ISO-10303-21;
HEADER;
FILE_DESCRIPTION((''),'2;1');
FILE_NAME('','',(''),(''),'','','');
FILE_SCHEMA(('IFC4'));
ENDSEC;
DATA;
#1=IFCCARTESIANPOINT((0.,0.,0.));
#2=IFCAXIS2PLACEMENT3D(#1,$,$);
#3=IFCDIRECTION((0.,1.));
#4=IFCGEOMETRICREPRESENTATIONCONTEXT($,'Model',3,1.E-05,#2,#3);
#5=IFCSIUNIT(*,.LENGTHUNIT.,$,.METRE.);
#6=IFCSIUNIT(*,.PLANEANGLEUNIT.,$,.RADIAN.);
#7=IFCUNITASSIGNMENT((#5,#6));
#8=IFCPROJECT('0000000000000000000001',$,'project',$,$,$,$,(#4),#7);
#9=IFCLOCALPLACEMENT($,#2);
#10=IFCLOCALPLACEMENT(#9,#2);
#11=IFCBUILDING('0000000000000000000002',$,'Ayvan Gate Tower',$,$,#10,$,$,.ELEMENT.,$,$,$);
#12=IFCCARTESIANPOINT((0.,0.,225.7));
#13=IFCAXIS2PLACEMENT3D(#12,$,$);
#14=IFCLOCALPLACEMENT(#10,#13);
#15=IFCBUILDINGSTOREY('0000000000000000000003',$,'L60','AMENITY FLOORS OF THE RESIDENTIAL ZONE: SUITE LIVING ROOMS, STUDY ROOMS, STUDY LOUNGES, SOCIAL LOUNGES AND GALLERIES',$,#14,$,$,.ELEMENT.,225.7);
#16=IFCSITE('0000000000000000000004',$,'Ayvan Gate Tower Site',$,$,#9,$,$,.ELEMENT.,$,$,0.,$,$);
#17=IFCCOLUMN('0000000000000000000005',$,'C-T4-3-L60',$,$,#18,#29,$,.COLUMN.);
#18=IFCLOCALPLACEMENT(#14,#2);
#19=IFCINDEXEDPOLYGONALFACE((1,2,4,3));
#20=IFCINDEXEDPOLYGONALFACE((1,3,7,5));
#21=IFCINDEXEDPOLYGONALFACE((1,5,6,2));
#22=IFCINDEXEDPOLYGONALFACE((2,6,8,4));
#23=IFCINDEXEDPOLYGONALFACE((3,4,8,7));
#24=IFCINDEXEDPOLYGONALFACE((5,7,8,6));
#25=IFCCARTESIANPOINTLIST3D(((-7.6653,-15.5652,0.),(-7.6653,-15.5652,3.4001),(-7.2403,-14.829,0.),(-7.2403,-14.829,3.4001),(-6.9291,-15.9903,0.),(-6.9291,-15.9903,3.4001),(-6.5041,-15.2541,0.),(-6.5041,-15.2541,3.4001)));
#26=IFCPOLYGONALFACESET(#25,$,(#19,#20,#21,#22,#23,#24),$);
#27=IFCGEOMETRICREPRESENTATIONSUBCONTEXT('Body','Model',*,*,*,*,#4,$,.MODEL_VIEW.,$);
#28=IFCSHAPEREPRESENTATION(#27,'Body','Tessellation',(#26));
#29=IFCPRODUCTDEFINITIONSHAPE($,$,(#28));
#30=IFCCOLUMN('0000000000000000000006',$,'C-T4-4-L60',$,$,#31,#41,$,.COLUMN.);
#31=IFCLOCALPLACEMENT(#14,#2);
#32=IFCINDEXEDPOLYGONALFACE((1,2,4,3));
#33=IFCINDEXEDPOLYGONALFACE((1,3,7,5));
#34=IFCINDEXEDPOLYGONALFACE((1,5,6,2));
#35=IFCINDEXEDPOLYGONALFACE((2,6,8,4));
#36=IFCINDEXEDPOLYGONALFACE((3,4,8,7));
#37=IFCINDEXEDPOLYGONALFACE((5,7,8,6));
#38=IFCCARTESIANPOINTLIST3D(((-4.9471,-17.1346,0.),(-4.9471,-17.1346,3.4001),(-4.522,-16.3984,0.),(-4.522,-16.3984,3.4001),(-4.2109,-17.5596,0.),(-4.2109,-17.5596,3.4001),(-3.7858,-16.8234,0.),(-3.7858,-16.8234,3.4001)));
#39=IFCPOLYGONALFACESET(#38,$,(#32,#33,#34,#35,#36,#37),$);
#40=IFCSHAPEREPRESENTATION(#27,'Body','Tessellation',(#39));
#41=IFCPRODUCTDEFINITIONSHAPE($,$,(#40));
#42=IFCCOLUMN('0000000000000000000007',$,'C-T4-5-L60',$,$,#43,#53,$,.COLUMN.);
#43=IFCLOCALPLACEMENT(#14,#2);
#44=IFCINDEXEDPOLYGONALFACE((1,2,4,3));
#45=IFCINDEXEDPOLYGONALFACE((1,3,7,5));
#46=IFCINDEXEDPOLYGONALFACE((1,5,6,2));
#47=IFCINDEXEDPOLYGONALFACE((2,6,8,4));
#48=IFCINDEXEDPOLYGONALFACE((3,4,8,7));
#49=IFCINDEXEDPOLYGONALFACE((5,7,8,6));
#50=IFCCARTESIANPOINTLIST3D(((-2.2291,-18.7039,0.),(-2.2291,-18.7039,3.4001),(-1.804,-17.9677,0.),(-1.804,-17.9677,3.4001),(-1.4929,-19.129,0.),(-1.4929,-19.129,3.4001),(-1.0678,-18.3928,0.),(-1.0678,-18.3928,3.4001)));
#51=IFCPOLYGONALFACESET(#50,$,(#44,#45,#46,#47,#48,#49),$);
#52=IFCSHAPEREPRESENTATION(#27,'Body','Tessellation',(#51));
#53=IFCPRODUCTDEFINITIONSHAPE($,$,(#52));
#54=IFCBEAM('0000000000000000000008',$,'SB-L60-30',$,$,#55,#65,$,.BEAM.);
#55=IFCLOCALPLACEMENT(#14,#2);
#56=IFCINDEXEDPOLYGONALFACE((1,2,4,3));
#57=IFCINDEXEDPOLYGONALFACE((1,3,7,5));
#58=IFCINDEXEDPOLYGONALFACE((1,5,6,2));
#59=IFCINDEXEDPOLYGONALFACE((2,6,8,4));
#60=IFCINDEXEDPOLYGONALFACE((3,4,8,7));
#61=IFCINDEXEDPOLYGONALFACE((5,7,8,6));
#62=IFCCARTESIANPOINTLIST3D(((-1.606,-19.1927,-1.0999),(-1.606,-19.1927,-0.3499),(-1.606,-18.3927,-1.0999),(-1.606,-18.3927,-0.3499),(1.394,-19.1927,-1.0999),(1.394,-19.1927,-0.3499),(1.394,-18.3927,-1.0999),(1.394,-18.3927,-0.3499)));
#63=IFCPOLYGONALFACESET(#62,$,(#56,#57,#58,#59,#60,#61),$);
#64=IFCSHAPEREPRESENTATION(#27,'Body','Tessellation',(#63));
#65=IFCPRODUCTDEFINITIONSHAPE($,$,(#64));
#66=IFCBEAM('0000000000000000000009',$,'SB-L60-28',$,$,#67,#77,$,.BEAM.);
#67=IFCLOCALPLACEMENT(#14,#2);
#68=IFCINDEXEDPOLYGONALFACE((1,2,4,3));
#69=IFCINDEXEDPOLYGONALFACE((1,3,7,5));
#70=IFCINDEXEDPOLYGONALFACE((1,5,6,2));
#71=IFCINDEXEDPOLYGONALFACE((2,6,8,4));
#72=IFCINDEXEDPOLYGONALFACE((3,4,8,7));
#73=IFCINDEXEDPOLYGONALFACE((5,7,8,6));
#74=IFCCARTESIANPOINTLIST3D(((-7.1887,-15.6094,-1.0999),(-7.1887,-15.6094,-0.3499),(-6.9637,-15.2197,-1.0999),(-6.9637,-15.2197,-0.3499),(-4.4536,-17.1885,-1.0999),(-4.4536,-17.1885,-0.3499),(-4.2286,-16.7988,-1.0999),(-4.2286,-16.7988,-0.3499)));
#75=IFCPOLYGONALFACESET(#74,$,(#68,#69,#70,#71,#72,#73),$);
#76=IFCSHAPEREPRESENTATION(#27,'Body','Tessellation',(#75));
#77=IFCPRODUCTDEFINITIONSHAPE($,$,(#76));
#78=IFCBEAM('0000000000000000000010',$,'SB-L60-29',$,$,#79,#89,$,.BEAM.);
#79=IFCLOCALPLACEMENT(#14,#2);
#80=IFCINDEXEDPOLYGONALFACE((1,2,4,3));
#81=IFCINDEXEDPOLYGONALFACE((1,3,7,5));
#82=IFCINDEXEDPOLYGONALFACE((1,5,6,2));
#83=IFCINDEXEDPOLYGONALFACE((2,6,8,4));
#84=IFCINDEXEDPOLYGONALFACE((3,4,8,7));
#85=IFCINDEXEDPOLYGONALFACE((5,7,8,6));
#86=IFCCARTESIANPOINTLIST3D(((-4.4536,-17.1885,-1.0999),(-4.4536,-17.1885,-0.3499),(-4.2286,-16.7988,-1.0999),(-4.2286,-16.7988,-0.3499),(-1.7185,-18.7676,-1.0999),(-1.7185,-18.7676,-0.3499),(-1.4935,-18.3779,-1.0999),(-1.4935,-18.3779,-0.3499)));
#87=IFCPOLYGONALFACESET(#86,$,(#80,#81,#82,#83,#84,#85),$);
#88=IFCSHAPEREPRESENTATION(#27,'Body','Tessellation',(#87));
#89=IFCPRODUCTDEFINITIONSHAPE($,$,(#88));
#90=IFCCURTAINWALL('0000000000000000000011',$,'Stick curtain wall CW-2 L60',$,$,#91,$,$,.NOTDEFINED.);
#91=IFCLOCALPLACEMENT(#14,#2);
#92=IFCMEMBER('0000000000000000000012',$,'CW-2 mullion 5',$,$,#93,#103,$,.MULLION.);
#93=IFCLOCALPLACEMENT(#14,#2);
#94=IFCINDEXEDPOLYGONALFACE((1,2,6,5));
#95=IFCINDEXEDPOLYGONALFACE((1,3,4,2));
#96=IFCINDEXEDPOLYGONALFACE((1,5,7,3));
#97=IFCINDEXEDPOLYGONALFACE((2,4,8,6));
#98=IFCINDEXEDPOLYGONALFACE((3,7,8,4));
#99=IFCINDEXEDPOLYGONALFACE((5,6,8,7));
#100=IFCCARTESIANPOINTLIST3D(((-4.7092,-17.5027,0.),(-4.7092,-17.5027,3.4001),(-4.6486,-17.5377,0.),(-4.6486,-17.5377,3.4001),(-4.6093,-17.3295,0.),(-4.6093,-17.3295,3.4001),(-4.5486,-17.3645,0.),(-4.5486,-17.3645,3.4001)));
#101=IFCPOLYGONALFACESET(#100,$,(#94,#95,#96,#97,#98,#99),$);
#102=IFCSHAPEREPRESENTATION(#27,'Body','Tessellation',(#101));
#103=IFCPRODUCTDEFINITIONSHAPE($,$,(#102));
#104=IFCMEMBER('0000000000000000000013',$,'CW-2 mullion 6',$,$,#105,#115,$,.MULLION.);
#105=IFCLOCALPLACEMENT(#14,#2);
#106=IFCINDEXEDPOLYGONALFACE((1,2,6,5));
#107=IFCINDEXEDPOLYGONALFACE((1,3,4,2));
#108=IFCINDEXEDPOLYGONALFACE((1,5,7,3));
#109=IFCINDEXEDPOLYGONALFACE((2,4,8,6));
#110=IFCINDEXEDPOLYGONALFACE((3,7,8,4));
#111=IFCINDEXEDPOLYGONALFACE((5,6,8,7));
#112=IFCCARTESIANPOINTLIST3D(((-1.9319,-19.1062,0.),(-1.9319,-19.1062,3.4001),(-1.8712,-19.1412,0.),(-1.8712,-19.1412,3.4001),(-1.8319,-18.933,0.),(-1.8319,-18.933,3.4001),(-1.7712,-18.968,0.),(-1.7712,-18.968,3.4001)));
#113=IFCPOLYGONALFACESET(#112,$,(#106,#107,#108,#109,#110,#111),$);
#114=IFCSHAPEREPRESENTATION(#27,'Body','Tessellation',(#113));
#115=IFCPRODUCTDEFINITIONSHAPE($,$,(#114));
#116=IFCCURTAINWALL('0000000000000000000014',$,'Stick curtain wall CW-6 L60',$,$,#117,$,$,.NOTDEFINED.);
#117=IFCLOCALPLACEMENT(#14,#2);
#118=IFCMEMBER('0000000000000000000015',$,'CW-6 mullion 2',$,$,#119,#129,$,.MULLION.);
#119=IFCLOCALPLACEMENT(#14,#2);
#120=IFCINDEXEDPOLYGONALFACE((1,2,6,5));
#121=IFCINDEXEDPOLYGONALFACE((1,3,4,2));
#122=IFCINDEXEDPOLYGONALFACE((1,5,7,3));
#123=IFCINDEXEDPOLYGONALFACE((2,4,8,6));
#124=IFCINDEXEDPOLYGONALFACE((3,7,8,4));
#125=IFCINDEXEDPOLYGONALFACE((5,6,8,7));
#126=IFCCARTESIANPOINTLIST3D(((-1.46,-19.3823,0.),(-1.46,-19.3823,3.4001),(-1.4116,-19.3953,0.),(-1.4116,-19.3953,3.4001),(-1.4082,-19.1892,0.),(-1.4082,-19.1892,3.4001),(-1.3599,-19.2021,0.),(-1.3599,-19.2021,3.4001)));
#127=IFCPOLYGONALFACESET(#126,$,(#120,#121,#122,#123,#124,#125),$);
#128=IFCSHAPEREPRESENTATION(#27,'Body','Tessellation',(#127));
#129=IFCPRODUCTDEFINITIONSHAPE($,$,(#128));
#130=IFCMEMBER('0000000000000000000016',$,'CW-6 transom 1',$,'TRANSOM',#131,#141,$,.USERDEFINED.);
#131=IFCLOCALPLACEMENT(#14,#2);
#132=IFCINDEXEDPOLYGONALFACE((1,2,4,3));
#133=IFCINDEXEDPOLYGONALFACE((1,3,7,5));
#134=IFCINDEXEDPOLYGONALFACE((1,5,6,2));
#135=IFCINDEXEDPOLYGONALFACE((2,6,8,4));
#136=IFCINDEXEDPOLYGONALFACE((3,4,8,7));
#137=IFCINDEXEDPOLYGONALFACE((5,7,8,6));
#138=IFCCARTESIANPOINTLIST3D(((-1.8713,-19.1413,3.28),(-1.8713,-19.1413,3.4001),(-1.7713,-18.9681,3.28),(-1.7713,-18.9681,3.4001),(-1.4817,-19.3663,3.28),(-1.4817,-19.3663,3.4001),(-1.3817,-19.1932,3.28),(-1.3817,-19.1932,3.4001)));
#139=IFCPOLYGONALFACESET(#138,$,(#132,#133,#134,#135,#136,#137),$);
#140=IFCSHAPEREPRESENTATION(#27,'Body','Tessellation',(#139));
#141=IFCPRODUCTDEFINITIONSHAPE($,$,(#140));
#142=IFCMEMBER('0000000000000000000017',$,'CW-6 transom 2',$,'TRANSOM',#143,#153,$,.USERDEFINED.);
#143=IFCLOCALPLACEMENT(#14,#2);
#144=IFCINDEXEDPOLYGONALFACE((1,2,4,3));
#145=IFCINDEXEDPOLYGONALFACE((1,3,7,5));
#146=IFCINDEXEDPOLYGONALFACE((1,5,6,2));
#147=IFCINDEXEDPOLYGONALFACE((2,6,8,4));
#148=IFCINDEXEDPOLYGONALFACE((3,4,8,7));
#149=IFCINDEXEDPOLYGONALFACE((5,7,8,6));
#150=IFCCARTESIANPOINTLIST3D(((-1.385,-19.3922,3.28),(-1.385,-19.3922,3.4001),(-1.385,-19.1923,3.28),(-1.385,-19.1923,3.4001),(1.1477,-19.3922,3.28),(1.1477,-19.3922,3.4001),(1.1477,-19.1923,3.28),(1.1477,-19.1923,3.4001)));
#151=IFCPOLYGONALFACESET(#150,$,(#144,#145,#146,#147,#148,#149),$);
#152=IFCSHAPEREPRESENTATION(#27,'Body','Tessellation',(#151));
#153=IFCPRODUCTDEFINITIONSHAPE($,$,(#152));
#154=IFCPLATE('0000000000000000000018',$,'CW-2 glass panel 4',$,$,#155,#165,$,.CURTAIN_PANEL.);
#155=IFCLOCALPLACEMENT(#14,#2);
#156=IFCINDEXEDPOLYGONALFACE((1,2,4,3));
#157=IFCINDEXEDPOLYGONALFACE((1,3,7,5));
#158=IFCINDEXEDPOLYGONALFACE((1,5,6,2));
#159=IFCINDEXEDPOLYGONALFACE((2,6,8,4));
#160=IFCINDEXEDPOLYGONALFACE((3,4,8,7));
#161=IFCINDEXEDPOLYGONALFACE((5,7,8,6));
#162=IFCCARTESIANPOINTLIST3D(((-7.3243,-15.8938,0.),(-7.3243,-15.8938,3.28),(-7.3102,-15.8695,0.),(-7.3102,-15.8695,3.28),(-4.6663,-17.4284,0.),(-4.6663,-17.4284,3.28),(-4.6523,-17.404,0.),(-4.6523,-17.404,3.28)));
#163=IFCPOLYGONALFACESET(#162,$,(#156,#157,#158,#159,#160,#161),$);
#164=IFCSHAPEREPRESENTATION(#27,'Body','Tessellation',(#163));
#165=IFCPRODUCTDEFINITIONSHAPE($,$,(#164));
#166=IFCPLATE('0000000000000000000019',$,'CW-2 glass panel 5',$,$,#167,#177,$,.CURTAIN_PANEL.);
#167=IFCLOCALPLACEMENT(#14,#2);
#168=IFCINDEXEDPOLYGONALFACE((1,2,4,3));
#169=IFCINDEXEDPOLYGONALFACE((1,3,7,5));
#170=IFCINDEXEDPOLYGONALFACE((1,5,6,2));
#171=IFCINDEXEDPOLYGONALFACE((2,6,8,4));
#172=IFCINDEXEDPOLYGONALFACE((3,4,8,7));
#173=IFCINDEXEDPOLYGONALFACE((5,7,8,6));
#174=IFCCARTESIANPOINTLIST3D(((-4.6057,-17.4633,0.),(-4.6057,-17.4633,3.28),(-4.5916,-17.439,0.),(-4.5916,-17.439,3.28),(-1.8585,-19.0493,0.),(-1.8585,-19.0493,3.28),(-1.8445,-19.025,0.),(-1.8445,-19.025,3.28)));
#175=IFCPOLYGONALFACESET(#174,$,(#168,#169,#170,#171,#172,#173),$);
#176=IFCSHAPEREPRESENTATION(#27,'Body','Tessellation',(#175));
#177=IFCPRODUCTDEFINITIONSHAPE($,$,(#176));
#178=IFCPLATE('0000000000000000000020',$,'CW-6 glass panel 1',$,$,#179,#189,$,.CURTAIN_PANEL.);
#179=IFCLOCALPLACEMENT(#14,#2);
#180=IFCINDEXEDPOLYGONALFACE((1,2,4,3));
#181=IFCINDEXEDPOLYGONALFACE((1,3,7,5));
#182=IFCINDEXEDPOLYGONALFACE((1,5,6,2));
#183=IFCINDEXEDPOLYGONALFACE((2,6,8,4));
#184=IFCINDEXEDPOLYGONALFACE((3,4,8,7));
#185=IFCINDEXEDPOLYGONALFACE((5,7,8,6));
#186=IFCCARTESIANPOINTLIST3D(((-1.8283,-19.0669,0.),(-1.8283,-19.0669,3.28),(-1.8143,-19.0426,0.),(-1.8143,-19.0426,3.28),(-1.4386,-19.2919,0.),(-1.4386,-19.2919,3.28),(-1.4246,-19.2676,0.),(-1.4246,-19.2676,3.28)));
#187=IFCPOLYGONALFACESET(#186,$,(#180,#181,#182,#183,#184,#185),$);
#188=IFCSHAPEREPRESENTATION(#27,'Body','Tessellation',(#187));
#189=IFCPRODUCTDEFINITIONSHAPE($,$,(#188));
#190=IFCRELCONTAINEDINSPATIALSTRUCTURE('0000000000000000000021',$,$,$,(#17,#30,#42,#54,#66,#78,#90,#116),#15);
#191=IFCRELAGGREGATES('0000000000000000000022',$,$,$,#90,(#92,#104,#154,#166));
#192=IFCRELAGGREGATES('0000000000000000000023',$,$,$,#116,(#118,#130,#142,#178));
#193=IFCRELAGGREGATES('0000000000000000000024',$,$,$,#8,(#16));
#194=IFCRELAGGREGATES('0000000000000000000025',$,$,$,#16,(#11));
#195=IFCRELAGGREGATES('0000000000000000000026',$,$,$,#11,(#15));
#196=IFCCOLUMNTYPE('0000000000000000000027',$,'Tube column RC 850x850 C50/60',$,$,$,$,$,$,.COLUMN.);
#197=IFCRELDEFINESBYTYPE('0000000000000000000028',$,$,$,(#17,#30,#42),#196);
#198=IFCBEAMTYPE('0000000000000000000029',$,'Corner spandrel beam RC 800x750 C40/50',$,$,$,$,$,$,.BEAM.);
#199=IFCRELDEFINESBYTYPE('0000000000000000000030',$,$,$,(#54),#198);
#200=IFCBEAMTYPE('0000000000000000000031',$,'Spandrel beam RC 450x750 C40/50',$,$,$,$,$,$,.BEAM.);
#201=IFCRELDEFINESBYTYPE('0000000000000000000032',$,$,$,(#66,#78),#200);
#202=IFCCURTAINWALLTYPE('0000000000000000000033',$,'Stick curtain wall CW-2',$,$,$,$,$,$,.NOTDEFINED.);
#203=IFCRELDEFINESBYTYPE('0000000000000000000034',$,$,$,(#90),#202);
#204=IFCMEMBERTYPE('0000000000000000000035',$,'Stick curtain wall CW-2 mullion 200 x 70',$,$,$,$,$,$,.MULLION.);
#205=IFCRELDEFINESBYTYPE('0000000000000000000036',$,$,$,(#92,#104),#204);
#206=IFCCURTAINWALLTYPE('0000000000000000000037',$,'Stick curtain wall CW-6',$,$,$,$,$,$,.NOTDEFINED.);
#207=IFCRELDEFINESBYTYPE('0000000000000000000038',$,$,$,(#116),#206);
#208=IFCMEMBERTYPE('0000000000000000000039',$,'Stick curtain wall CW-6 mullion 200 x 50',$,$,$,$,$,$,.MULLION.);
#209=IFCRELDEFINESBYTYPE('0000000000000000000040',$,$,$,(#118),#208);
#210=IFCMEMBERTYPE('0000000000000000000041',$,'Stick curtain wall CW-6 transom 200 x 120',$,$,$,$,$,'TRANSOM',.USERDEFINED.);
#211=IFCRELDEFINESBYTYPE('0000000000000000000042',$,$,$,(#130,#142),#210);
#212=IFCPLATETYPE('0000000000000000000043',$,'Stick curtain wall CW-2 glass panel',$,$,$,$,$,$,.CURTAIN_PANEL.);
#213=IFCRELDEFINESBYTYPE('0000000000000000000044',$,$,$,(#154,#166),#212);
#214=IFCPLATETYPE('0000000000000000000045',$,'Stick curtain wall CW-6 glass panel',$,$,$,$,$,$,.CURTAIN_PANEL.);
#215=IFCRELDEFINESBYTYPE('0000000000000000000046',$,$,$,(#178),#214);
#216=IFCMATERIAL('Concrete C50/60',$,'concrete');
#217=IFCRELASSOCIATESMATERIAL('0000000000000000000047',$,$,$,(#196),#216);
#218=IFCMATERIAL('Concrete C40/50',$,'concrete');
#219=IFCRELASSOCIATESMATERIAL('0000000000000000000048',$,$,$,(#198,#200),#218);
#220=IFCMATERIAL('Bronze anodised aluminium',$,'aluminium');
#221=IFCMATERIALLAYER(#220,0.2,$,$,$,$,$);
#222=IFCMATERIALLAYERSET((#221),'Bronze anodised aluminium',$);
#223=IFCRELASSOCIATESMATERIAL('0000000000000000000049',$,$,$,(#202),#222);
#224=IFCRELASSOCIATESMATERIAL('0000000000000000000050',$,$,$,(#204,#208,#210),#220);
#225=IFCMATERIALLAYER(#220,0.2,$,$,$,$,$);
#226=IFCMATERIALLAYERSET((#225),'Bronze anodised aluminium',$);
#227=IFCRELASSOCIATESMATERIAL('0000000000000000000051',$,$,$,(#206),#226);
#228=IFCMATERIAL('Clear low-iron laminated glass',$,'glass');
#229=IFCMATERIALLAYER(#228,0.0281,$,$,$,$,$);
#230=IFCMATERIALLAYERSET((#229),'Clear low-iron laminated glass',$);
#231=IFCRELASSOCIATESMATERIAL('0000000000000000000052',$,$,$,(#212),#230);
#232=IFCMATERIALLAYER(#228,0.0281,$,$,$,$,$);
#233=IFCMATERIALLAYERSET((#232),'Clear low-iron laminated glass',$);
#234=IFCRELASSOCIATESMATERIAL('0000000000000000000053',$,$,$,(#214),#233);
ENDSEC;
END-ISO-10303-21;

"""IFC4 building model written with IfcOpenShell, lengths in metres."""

from ifc_helpers import new_model, si_unit, direction, frame, origin, origin_2d, place, context, subcontext, project, spatial, rectangle, extrude, material, layer, layer_set, material_profile, profile_set, type_object, element, aggregate, save


model = new_model("IFC4")

# Units and contexts
model_context = context("Model", 3, precision=1e-05, world=origin(), true_north=direction((0.0, 1.0)))
body_context = subcontext(model_context, "Body", "Model", "MODEL_VIEW")
ifc_project = project(units=[si_unit("LENGTHUNIT", "METRE"), si_unit("PLANEANGLEUNIT", "RADIAN")], contexts=[model_context])

# Site, building, storey
site_placement = place(None, origin())
site = spatial("IfcSite", under=ifc_project, at=site_placement, Name="Ayvan Gate Tower Site", CompositionType="ELEMENT", RefElevation=0.0)
building_placement = place(site_placement, origin())
building = spatial("IfcBuilding", under=site, at=building_placement, Name="Ayvan Gate Tower", CompositionType="ELEMENT")
storey_placement = place(building_placement, frame((0.0, 0.0, 225.7)))
storey = spatial("IfcBuildingStorey", under=building, at=storey_placement, Name="L60", Description="AMENITY FLOORS OF THE RESIDENTIAL ZONE: SUITE LIVING ROOMS, STUDY ROOMS, STUDY LOUNGES, SOCIAL LOUNGES AND GALLERIES", CompositionType="ELEMENT", Elevation=225.7)

# Columns
ifc_material_1 = material(Name="Concrete C50/60", Category="concrete")
ifc_material_profile_1 = material_profile(ifc_material_1, rectangle(XDim=0.8501, YDim=0.8501, at=origin_2d()), Name="RC 850x850")
ifc_profile_set_1 = profile_set([ifc_material_profile_1], Name="Concrete C50/60")
column_type = type_object("IfcColumnType", Name="Tube column RC 850x850 C50/60", PredefinedType="COLUMN", material=ifc_profile_set_1)
for number, where, z_axis, x_axis, name in (
    (1, (-7.0847, -15.4097, 0.0), (0.0, 0.0, 1.0), (-0.5, -0.866025, 0.0), "C-T4-3-L60"),
    (2, (-4.3665, -16.979, 0.0), (0.0, 0.0, 1.0), (-0.5, -0.866025, 0.0), "C-T4-4-L60"),
    (3, (-1.6484, -18.5483, 0.0), (0.0, 0.0, 1.0), (-0.5, -0.866025, 0.0), "C-T4-5-L60"),
):
    element("IfcColumn", number, at=place(storey_placement, frame(where, z_axis=z_axis, x_axis=x_axis)), inside=storey, type_object=column_type, Name=name, PredefinedType="COLUMN", context=body_context, shape_type="SweptSolid", body=[
        extrude(rectangle(XDim=0.8501, YDim=0.8501, at=origin_2d()), origin(), (0.0, 0.0, 1.0), 3.4001),
    ])

# Beams
ifc_material_2 = material(Name="Concrete C40/50", Category="concrete")
ifc_material_profile_2 = material_profile(ifc_material_2, rectangle(XDim=0.8, YDim=0.75, at=origin_2d()), Name="RC 800x750")
ifc_profile_set_2 = profile_set([ifc_material_profile_2], Name="Concrete C40/50")
beam_type_1 = type_object("IfcBeamType", Name="Corner spandrel beam RC 800x750 C40/50", PredefinedType="BEAM", material=ifc_profile_set_2)
beam_placement = place(storey_placement, frame((-1.606, -18.7927, -0.7249), z_axis=(1.0, 0.0, 0.0), x_axis=(0.0, 1.0, 0.0)))
element("IfcBeam", 4, at=beam_placement, inside=storey, type_object=beam_type_1, Name="SB-L60-30", PredefinedType="BEAM", context=body_context, shape_type="SweptSolid", body=[
    extrude(rectangle(XDim=0.8, YDim=0.75, at=origin_2d()), origin(), (0.0, 0.0, 1.0), 3.0),
])
ifc_material_profile_3 = material_profile(ifc_material_2, rectangle(XDim=0.45, YDim=0.75, at=origin_2d()), Name="RC 450x750")
ifc_profile_set_3 = profile_set([ifc_material_profile_3], Name="Concrete C40/50")
beam_type_2 = type_object("IfcBeamType", Name="Spandrel beam RC 450x750 C40/50", PredefinedType="BEAM", material=ifc_profile_set_3)
for number, where, z_axis, x_axis, name in (
    (5, (-7.0762, -15.4146, -0.7249), (0.866027, -0.499997, 0.0), (0.499997, 0.866027, 0.0), "SB-L60-28"),
    (6, (-4.3411, -16.9937, -0.7249), (0.866027, -0.499997, 0.0), (0.499997, 0.866027, 0.0), "SB-L60-29"),
):
    element("IfcBeam", number, at=place(storey_placement, frame(where, z_axis=z_axis, x_axis=x_axis)), inside=storey, type_object=beam_type_2, Name=name, PredefinedType="BEAM", context=body_context, shape_type="SweptSolid", body=[
        extrude(rectangle(XDim=0.45, YDim=0.75, at=origin_2d()), origin(), (0.0, 0.0, 1.0), 3.1582),
    ])

# Curtain walls, members
ifc_material_3 = material(Name="Bronze anodised aluminium", Category="aluminium")
ifc_layer_1 = layer(ifc_material_3, 0.2)
ifc_layer_set_1 = layer_set([ifc_layer_1], Name="Bronze anodised aluminium")
curtain_wall_type_1 = type_object("IfcCurtainWallType", Name="Stick curtain wall CW-2", PredefinedType="NOTDEFINED", material=ifc_layer_set_1)
curtain_wall_1_placement = place(storey_placement, origin())
curtain_wall_1 = element("IfcCurtainWall", 7, at=curtain_wall_1_placement, inside=storey, type_object=curtain_wall_type_1, Name="Stick curtain wall CW-2 L60", PredefinedType="NOTDEFINED")
ifc_material_profile_4 = material_profile(ifc_material_3, rectangle(XDim=0.2, YDim=0.0701, at=origin_2d()), Name="Stick curtain wall CW-2 mullion 200 x 70")
ifc_profile_set_4 = profile_set([ifc_material_profile_4], Name="Bronze anodised aluminium")
member_type_1 = type_object("IfcMemberType", Name="Stick curtain wall CW-2 mullion 200 x 70", PredefinedType="MULLION", material=ifc_profile_set_4)
member_1_placement = place(storey_placement, frame((-4.6289, -17.4336, 0.0), z_axis=(0.0, 0.0, 1.0), x_axis=(-0.5, -0.866025, 0.0)))
member_1 = element("IfcMember", 8, at=member_1_placement, type_object=member_type_1, Name="CW-2 mullion 5", PredefinedType="MULLION", context=body_context, shape_type="SweptSolid", body=[
    extrude(rectangle(XDim=0.2, YDim=0.0701, at=origin_2d()), origin(), (0.0, 0.0, 1.0), 3.4001),
])
member_2_placement = place(storey_placement, frame((-1.8516, -19.0371, 0.0), z_axis=(0.0, 0.0, 1.0), x_axis=(-0.5, -0.866025, 0.0)))
member_2 = element("IfcMember", 9, at=member_2_placement, type_object=member_type_1, Name="CW-2 mullion 6", PredefinedType="MULLION", context=body_context, shape_type="SweptSolid", body=[
    extrude(rectangle(XDim=0.2, YDim=0.0701, at=origin_2d()), origin(), (0.0, 0.0, 1.0), 3.4001),
])
ifc_layer_2 = layer(ifc_material_3, 0.2)
ifc_layer_set_2 = layer_set([ifc_layer_2], Name="Bronze anodised aluminium")
curtain_wall_type_2 = type_object("IfcCurtainWallType", Name="Stick curtain wall CW-6", PredefinedType="NOTDEFINED", material=ifc_layer_set_2)
curtain_wall_2_placement = place(storey_placement, origin())
curtain_wall_2 = element("IfcCurtainWall", 10, at=curtain_wall_2_placement, inside=storey, type_object=curtain_wall_type_2, Name="Stick curtain wall CW-6 L60", PredefinedType="NOTDEFINED")
ifc_material_profile_5 = material_profile(ifc_material_3, rectangle(XDim=0.2, YDim=0.05, at=origin_2d()), Name="Stick curtain wall CW-6 mullion 200 x 50")
ifc_profile_set_5 = profile_set([ifc_material_profile_5], Name="Bronze anodised aluminium")
member_type_2 = type_object("IfcMemberType", Name="Stick curtain wall CW-6 mullion 200 x 50", PredefinedType="MULLION", material=ifc_profile_set_5)
member_3_placement = place(storey_placement, frame((-1.4099, -19.2922, 0.0), z_axis=(0.0, 0.0, 1.0), x_axis=(-0.258819, -0.965926, 0.0)))
member_3 = element("IfcMember", 11, at=member_3_placement, type_object=member_type_2, Name="CW-6 mullion 2", PredefinedType="MULLION", context=body_context, shape_type="SweptSolid", body=[
    extrude(rectangle(XDim=0.2, YDim=0.05, at=origin_2d()), origin(), (0.0, 0.0, 1.0), 3.4001),
])
ifc_material_profile_6 = material_profile(ifc_material_3, rectangle(XDim=0.2, YDim=0.1201, at=origin_2d()), Name="Stick curtain wall CW-6 transom 200 x 120")
ifc_profile_set_6 = profile_set([ifc_material_profile_6], Name="Bronze anodised aluminium")
member_type_3 = type_object("IfcMemberType", Name="Stick curtain wall CW-6 transom 200 x 120", ElementType="TRANSOM", PredefinedType="USERDEFINED", material=ifc_profile_set_6)
member_4_placement = place(storey_placement, frame((-1.8213, -19.0547, 3.3401), z_axis=(0.865896, -0.500223, 0.0), x_axis=(0.500223, 0.865896, 0.0)))
member_4 = element("IfcMember", 12, at=member_4_placement, type_object=member_type_3, Name="CW-6 transom 1", ObjectType="TRANSOM", PredefinedType="USERDEFINED", context=body_context, shape_type="SweptSolid", body=[
    extrude(rectangle(XDim=0.2, YDim=0.1201, at=origin_2d()), origin(), (0.0, 0.0, 1.0), 0.45),
])
member_5_placement = place(storey_placement, frame((-1.385, -19.2922, 3.3401), z_axis=(1.0, 0.0, 0.0), x_axis=(0.0, 1.0, 0.0)))
member_5 = element("IfcMember", 13, at=member_5_placement, type_object=member_type_3, Name="CW-6 transom 2", ObjectType="TRANSOM", PredefinedType="USERDEFINED", context=body_context, shape_type="SweptSolid", body=[
    extrude(rectangle(XDim=0.2, YDim=0.1201, at=origin_2d()), origin(), (0.0, 0.0, 1.0), 2.5327),
])

# Plates
ifc_material_4 = material(Name="Clear low-iron laminated glass", Category="glass")
ifc_layer_3 = layer(ifc_material_4, 0.0281)
ifc_layer_set_3 = layer_set([ifc_layer_3], Name="Clear low-iron laminated glass")
plate_type_1 = type_object("IfcPlateType", Name="Stick curtain wall CW-2 glass panel", PredefinedType="CURTAIN_PANEL", material=ifc_layer_set_3)
plate_1_placement = place(storey_placement, frame((-5.9883, -16.6489, 0.0), z_axis=(0.0, 0.0, 1.0), x_axis=(0.866025, -0.5, 0.0)))
plate_1 = element("IfcPlate", 14, at=plate_1_placement, type_object=plate_type_1, Name="CW-2 glass panel 4", PredefinedType="CURTAIN_PANEL", context=body_context, shape_type="SweptSolid", body=[
    extrude(rectangle(XDim=3.0691, YDim=0.0281, at=origin_2d()), origin(), (0.0, 0.0, 1.0), 3.28),
])
plate_2_placement = place(storey_placement, frame((-3.2251, -18.2441, 0.0), z_axis=(0.0, 0.0, 1.0), x_axis=(0.866025, -0.5, 0.0)))
plate_2 = element("IfcPlate", 15, at=plate_2_placement, type_object=plate_type_1, Name="CW-2 glass panel 5", PredefinedType="CURTAIN_PANEL", context=body_context, shape_type="SweptSolid", body=[
    extrude(rectangle(XDim=3.1721, YDim=0.0281, at=origin_2d()), origin(), (0.0, 0.0, 1.0), 3.28),
])
aggregate(curtain_wall_1, [member_1, member_2, plate_1, plate_2])
ifc_layer_4 = layer(ifc_material_4, 0.0281)
ifc_layer_set_4 = layer_set([ifc_layer_4], Name="Clear low-iron laminated glass")
plate_type_2 = type_object("IfcPlateType", Name="Stick curtain wall CW-6 glass panel", PredefinedType="CURTAIN_PANEL", material=ifc_layer_set_4)
plate_3_placement = place(storey_placement, frame((-1.6265, -19.1672, 0.0), z_axis=(0.0, 0.0, 1.0), x_axis=(0.866025, -0.5, 0.0)))
plate_3 = element("IfcPlate", 16, at=plate_3_placement, type_object=plate_type_2, Name="CW-6 glass panel 1", PredefinedType="CURTAIN_PANEL", context=body_context, shape_type="SweptSolid", body=[
    extrude(rectangle(XDim=0.45, YDim=0.0281, at=origin_2d()), origin(), (0.0, 0.0, 1.0), 3.28),
])
aggregate(curtain_wall_2, [member_3, member_4, member_5, plate_3])

save(model, "model.ifc")
